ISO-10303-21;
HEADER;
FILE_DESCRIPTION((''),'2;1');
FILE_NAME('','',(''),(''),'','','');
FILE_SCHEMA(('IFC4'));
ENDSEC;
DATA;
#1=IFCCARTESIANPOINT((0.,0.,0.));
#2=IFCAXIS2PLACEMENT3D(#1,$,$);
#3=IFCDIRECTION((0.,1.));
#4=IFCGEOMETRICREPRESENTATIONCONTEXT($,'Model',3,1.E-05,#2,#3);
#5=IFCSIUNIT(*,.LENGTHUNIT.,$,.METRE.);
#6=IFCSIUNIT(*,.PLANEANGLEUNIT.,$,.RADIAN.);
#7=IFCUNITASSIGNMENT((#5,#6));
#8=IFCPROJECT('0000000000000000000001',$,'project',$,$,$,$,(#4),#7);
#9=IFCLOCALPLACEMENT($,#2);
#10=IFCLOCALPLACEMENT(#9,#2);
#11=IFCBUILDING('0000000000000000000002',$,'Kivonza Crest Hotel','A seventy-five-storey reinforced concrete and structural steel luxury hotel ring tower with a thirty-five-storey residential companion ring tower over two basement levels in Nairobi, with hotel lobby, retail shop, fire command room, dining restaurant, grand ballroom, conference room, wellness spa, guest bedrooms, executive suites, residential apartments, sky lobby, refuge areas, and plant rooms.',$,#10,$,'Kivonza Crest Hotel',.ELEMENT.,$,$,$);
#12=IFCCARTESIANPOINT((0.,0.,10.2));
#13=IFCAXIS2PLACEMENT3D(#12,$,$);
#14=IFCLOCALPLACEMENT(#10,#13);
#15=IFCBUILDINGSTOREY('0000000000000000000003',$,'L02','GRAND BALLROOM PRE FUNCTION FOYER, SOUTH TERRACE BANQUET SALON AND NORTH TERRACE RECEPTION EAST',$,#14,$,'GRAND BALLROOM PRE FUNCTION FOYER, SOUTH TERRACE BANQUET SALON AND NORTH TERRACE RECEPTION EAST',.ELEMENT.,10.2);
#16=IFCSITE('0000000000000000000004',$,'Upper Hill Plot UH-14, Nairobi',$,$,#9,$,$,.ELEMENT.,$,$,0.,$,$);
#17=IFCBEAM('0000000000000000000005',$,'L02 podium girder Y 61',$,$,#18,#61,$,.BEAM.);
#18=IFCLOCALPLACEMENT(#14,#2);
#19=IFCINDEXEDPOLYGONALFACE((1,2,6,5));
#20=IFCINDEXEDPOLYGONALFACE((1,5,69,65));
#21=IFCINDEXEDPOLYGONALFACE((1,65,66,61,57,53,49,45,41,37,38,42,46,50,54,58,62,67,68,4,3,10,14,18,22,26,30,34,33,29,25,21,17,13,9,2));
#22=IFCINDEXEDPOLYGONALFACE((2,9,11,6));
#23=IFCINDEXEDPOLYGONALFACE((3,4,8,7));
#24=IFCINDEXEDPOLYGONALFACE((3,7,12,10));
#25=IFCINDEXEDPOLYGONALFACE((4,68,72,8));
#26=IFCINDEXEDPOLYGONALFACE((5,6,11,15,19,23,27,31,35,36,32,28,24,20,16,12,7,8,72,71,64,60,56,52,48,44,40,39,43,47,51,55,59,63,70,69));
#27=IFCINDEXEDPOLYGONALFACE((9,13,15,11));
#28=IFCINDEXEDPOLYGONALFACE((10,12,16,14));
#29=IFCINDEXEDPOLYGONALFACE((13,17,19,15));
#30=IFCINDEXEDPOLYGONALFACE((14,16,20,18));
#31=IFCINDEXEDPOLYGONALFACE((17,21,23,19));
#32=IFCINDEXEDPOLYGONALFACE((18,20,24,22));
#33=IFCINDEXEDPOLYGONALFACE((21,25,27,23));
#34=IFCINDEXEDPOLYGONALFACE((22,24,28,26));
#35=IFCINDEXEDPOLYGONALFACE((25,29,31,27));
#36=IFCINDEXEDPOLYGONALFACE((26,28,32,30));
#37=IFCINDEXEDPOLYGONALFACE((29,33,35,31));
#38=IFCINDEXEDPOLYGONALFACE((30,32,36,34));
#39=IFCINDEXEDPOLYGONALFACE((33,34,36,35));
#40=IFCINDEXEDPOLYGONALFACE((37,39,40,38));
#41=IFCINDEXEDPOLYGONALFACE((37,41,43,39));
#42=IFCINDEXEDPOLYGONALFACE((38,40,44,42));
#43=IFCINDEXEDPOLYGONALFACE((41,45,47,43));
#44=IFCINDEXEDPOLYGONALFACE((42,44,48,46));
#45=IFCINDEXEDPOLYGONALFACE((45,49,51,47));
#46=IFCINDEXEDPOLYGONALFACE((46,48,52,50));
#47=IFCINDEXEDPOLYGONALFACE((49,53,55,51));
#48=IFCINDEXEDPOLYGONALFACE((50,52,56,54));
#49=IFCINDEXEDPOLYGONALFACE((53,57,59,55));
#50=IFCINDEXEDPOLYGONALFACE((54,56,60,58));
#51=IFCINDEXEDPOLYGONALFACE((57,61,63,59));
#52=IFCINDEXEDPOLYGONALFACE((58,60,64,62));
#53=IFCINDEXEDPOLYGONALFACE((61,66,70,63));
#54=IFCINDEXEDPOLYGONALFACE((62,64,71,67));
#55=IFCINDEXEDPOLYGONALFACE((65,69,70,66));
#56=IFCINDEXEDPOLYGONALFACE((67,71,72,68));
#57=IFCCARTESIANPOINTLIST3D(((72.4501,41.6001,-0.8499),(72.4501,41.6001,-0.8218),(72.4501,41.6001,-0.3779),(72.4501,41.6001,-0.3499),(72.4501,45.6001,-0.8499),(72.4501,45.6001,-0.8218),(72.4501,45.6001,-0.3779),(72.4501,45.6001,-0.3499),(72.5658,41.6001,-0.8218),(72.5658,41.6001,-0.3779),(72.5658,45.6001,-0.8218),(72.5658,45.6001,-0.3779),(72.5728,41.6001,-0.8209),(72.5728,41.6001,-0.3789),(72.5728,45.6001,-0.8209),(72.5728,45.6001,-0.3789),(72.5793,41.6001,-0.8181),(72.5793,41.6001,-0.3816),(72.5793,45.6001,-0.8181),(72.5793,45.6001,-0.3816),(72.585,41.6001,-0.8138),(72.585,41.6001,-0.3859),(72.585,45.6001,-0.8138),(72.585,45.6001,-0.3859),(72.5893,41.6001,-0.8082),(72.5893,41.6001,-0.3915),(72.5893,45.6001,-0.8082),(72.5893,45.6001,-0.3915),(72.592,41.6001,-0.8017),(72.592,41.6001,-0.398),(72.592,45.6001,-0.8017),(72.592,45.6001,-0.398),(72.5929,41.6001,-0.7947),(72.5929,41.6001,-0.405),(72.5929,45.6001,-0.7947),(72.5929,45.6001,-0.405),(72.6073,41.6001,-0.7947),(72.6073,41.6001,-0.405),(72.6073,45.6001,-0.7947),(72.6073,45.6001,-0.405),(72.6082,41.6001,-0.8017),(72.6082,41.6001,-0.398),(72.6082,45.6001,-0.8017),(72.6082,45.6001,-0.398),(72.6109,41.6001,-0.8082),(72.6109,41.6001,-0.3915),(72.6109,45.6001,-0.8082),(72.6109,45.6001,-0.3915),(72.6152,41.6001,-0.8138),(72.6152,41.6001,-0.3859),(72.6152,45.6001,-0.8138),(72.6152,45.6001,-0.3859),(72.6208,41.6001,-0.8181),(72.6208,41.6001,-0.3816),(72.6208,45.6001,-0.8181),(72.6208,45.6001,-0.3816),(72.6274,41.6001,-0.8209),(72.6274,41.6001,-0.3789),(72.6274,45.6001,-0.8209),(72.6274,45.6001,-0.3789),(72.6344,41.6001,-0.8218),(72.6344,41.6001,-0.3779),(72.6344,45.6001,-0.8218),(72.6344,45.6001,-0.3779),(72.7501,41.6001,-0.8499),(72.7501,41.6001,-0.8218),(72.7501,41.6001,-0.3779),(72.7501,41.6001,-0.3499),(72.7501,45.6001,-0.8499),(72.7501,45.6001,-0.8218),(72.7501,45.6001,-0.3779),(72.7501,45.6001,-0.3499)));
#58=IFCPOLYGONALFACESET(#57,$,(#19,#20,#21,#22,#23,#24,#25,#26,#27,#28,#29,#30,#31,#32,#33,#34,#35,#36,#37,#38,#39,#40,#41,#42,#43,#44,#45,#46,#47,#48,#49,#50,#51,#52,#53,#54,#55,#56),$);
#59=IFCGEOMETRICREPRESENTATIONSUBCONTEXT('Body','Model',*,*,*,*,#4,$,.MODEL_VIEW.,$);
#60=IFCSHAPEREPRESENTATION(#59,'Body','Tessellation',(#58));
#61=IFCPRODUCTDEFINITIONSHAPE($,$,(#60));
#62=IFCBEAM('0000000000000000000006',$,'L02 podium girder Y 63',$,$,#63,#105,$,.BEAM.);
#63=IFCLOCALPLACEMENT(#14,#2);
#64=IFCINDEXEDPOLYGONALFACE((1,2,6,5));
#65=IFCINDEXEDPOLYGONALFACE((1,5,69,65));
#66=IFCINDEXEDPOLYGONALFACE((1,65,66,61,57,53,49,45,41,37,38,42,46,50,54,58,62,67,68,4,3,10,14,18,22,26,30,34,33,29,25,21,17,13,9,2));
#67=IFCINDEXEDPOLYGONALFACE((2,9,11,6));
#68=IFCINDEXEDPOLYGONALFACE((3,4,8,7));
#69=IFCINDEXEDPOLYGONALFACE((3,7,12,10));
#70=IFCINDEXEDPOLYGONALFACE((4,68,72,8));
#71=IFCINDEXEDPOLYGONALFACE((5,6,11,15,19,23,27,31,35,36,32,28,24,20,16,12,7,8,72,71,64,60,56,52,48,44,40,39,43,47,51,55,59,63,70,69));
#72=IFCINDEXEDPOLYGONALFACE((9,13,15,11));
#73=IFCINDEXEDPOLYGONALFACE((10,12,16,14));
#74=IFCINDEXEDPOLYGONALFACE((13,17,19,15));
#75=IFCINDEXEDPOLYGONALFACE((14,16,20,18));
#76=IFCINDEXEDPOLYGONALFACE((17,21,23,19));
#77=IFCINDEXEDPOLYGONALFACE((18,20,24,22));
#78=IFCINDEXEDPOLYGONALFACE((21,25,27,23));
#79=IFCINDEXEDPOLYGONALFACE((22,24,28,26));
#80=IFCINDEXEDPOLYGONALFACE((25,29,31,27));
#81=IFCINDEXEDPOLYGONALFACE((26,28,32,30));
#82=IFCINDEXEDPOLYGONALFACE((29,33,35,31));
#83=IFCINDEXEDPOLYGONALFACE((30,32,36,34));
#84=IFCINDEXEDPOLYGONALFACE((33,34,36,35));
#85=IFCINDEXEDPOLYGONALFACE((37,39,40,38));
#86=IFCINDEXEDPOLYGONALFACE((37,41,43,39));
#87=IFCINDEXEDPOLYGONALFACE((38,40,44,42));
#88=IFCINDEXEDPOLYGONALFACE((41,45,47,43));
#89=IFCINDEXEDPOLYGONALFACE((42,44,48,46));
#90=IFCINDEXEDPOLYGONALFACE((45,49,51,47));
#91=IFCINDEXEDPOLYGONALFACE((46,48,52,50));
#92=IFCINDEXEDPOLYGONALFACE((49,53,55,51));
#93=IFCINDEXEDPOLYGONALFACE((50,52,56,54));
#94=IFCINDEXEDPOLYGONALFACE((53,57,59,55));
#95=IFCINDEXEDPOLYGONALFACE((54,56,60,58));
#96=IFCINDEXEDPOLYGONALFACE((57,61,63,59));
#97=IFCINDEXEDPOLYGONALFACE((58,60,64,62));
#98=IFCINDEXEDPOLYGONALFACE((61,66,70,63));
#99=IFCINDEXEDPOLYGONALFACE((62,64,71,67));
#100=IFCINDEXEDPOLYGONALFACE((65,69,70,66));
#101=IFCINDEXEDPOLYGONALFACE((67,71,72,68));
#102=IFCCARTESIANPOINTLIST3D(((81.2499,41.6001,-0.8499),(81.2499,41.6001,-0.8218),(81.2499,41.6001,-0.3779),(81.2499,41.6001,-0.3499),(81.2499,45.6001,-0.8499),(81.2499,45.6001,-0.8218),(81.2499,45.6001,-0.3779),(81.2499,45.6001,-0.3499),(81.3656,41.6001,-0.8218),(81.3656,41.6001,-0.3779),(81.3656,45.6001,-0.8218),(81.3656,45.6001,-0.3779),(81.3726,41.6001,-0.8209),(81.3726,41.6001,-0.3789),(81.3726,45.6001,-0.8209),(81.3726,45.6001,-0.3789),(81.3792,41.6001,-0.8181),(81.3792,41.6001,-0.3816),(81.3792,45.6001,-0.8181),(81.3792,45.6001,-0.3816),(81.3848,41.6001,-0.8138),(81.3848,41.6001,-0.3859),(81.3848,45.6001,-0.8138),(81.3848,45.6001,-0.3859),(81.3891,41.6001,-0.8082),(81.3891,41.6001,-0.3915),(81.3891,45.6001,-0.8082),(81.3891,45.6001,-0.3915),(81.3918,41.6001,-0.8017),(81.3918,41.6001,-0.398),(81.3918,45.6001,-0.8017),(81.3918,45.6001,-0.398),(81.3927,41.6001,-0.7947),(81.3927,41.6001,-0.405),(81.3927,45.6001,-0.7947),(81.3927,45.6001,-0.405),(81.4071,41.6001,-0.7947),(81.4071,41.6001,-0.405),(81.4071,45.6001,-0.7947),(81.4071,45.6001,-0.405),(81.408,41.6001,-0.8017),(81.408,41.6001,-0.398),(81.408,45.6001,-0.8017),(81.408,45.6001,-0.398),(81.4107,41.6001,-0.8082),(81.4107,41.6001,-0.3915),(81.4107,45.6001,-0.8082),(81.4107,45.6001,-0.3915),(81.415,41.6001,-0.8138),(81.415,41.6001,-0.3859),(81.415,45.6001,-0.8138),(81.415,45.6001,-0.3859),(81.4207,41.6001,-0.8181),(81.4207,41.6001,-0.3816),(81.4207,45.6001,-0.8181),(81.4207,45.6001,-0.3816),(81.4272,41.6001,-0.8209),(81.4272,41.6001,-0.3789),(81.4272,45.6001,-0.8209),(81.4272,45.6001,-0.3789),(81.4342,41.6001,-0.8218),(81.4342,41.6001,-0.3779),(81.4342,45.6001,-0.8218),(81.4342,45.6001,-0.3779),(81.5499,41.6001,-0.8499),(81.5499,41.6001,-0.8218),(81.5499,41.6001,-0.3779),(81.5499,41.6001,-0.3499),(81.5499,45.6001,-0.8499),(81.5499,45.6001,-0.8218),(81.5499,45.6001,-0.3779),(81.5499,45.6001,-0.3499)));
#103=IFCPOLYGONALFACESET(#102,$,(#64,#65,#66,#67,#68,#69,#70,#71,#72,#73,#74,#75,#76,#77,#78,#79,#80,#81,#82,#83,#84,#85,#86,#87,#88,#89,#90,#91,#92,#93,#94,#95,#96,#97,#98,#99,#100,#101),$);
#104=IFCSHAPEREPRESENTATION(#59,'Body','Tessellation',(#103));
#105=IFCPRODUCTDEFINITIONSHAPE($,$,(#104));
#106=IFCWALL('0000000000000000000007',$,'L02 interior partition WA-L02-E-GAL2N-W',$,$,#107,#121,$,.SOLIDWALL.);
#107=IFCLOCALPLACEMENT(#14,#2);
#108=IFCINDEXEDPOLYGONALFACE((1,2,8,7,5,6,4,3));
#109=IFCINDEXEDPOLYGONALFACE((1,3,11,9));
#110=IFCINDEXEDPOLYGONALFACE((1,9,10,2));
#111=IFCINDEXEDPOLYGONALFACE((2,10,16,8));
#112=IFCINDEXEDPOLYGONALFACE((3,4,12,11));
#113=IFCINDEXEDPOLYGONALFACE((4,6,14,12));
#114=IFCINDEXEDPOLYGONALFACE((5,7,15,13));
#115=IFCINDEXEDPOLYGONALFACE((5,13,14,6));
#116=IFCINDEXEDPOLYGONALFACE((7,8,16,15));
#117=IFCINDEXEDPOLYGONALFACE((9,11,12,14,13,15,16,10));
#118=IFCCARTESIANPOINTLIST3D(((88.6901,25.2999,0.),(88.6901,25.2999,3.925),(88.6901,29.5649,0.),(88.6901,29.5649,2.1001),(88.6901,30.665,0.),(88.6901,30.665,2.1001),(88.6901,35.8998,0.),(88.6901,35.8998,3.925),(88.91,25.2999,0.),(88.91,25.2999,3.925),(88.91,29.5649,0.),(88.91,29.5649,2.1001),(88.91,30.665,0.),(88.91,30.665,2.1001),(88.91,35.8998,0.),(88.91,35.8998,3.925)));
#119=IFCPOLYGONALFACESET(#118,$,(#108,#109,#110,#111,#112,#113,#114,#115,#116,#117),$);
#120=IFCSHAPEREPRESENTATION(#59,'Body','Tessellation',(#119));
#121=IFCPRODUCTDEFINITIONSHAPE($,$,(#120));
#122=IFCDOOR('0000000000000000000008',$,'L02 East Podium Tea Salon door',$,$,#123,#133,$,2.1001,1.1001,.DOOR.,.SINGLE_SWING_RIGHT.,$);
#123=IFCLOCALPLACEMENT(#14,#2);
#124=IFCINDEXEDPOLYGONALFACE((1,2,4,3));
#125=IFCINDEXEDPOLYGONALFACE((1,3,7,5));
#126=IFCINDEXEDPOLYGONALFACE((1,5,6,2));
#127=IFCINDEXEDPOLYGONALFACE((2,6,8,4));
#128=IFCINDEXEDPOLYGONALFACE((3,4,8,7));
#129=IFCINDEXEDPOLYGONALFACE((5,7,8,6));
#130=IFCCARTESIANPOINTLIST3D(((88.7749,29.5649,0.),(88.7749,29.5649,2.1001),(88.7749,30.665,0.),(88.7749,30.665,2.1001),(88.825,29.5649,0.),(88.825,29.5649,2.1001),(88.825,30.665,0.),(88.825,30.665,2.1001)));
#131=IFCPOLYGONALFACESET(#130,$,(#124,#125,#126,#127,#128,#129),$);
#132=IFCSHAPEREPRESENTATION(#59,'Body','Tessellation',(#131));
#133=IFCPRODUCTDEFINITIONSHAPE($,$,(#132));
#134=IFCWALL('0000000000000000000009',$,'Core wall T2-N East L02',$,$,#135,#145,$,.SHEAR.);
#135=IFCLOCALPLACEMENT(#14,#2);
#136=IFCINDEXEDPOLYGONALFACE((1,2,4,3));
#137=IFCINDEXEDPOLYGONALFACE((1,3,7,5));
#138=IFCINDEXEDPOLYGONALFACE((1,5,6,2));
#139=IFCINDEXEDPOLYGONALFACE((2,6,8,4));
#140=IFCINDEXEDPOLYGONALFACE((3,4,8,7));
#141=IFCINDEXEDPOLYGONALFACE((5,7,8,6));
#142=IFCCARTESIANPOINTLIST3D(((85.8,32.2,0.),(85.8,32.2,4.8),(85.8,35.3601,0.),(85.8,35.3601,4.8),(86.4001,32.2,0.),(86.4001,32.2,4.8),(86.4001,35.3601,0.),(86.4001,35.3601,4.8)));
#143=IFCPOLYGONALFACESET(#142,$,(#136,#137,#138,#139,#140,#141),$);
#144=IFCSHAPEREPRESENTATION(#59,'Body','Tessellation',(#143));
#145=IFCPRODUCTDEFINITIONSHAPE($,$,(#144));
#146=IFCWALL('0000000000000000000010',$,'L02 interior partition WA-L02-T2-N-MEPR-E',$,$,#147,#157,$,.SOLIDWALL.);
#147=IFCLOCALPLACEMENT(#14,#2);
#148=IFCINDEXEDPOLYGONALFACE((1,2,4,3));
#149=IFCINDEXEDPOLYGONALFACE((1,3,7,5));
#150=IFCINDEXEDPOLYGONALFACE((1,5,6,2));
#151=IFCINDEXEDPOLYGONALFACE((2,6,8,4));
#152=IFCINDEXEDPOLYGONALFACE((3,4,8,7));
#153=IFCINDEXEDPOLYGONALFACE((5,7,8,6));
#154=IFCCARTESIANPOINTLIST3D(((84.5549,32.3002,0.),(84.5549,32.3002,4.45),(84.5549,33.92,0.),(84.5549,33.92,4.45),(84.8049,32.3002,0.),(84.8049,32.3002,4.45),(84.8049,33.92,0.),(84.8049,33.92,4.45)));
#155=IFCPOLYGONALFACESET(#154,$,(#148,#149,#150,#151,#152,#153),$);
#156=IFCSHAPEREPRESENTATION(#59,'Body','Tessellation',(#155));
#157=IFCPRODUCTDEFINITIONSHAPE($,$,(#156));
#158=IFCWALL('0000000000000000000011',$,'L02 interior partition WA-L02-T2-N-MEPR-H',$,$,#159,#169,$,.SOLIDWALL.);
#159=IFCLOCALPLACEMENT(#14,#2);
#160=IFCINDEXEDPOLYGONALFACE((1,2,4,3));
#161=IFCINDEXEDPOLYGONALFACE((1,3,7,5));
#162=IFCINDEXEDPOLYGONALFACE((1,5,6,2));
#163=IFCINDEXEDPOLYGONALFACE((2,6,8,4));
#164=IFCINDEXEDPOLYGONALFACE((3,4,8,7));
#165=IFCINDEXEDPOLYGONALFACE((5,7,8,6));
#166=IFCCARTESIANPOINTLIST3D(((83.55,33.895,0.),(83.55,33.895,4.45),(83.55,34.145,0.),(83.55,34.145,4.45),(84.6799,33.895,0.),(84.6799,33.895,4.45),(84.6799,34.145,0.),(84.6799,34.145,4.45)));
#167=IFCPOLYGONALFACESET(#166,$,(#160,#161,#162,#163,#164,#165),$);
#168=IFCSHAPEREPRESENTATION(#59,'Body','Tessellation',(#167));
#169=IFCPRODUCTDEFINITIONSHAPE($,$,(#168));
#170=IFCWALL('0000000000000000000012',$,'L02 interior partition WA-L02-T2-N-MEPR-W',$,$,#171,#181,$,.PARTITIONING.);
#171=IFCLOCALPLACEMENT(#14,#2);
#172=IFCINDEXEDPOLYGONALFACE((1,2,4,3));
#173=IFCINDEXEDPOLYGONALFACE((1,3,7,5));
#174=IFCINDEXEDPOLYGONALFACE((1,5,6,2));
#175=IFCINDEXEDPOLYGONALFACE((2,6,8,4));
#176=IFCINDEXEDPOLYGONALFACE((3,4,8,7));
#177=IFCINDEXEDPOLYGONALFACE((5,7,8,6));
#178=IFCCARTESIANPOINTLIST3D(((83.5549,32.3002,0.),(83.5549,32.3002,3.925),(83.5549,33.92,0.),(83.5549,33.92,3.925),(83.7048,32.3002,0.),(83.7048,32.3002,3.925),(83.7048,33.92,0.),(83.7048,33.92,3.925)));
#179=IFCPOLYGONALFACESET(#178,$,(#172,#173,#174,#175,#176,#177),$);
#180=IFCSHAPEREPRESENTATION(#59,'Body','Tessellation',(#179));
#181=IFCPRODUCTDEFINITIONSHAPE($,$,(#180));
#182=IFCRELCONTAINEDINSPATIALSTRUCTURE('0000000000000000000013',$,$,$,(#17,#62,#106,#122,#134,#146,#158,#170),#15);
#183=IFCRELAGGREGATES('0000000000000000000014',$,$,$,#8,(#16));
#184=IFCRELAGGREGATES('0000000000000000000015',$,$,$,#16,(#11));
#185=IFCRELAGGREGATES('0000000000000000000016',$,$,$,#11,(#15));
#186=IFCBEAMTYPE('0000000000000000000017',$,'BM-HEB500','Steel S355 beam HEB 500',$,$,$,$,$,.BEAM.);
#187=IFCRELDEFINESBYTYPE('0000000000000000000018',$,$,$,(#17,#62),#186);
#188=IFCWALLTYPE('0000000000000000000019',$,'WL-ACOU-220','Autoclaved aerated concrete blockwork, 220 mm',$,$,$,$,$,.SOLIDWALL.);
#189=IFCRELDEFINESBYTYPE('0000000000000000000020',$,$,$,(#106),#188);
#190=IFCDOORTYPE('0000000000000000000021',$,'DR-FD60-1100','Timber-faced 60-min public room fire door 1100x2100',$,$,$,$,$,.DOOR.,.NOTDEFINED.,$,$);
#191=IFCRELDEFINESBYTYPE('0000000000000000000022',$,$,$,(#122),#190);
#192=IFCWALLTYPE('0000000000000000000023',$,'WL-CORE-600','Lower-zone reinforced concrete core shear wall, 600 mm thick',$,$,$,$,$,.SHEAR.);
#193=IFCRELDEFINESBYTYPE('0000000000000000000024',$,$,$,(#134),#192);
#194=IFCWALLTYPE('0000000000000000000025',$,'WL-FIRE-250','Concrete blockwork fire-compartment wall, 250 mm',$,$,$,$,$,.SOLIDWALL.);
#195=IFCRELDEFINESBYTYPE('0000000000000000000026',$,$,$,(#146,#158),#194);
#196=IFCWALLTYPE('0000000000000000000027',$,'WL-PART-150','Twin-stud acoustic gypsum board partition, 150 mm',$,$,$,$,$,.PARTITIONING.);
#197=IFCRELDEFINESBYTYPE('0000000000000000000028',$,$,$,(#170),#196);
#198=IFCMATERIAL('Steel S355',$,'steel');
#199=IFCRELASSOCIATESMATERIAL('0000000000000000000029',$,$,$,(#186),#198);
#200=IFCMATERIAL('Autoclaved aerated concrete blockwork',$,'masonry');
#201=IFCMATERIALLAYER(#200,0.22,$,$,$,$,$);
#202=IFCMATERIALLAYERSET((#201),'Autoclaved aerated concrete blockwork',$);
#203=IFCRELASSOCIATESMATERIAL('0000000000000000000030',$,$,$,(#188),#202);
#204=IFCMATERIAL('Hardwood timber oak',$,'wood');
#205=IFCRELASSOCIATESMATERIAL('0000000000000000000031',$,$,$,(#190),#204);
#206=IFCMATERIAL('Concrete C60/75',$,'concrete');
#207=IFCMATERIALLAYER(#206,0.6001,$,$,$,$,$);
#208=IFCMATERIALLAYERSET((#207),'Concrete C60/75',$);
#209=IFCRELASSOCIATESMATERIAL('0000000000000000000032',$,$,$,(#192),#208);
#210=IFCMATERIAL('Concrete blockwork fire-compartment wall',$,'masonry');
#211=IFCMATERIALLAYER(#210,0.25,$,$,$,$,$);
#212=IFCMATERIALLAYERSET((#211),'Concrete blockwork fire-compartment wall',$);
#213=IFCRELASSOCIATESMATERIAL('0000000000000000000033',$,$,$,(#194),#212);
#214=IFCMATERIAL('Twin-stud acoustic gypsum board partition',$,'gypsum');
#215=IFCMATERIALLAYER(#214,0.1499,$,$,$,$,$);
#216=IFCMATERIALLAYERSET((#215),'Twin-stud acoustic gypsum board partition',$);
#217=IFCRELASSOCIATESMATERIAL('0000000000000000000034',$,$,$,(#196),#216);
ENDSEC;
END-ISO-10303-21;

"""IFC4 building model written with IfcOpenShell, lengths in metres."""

from ifc_helpers import new_model, si_unit, direction, frame, frame_2d, origin, origin_2d, place, context, subcontext, project, spatial, rectangle, i_section, extrude, material, layer, layer_set, material_profile, profile_set, type_object, element, fill, save


model = new_model("IFC4")

# Units and contexts
model_context = context("Model", 3, precision=1e-05, world=origin(), true_north=direction((0.0, 1.0)))
body_context = subcontext(model_context, "Body", "Model", "MODEL_VIEW")
ifc_project = project(units=[si_unit("LENGTHUNIT", "METRE"), si_unit("PLANEANGLEUNIT", "RADIAN")], contexts=[model_context])

# Site, building, storey
site_placement = place(None, origin())
site = spatial("IfcSite", under=ifc_project, at=site_placement, Name="Upper Hill Plot UH-14, Nairobi", CompositionType="ELEMENT", RefElevation=0.0)
building_placement = place(site_placement, origin())
building = spatial("IfcBuilding", under=site, at=building_placement, Name="Kivonza Crest Hotel", Description="A seventy-five-storey reinforced concrete and structural steel luxury hotel ring tower with a thirty-five-storey residential companion ring tower over two basement levels in Nairobi, with hotel lobby, retail shop, fire command room, dining restaurant, grand ballroom, conference room, wellness spa, guest bedrooms, executive suites, residential apartments, sky lobby, refuge areas, and plant rooms.", LongName="Kivonza Crest Hotel", CompositionType="ELEMENT")
storey_placement = place(building_placement, frame((0.0, 0.0, 10.2)))
storey = spatial("IfcBuildingStorey", under=building, at=storey_placement, Name="L02", Description="GRAND BALLROOM PRE FUNCTION FOYER, SOUTH TERRACE BANQUET SALON AND NORTH TERRACE RECEPTION EAST", LongName="GRAND BALLROOM PRE FUNCTION FOYER, SOUTH TERRACE BANQUET SALON AND NORTH TERRACE RECEPTION EAST", CompositionType="ELEMENT", Elevation=10.2)

# Shared definitions
ifc_material_1 = material(Name="Concrete C60/75", Category="concrete")

# Beams
ifc_material_2 = material(Name="Steel S355", Category="steel")
ifc_material_profile_1 = material_profile(ifc_material_2, i_section(OverallWidth=0.3, OverallDepth=0.5, WebThickness=0.0144, FlangeThickness=0.0281, FilletRadius=0.0271, at=origin_2d()), Name="HEB 500")
ifc_profile_set_1 = profile_set([ifc_material_profile_1], Name="Steel S355")
beam_type_1 = type_object("IfcBeamType", Name="BM-HEB500", Description="Steel S355 beam HEB 500", PredefinedType="BEAM", material=ifc_profile_set_1)
for number, where, z_axis, x_axis, name in (
    (1, (72.6001, 41.6001, -0.5999), (0.0, 1.0, 0.0), (-1.0, 0.0, 0.0), "L02 podium girder Y 61"),
    (2, (81.3999, 41.6001, -0.5999), (0.0, 1.0, 0.0), (-1.0, 0.0, 0.0), "L02 podium girder Y 63"),
):
    element("IfcBeam", number, at=place(storey_placement, frame(where, z_axis=z_axis, x_axis=x_axis)), inside=storey, type_object=beam_type_1, Name=name, PredefinedType="BEAM", context=body_context, shape_type="SweptSolid", body=[
        extrude(i_section(OverallWidth=0.3, OverallDepth=0.5, WebThickness=0.0144, FlangeThickness=0.0281, FilletRadius=0.0271, at=origin_2d()), origin(), (0.0, 0.0, 1.0), 4.0),
    ])

# Wall, opening, door
ifc_material_3 = material(Name="Autoclaved aerated concrete blockwork", Category="masonry")
ifc_layer_1 = layer(ifc_material_3, 0.22)
ifc_layer_set_1 = layer_set([ifc_layer_1], Name="Autoclaved aerated concrete blockwork")
wall_type_1 = type_object("IfcWallType", Name="WL-ACOU-220", Description="Autoclaved aerated concrete blockwork, 220 mm", PredefinedType="SOLIDWALL", material=ifc_layer_set_1)
wall_1_placement = place(storey_placement, frame((88.8, 25.3, 0.0), z_axis=(0.0, 0.0, 1.0), x_axis=(0.0, 1.0, 0.0)))
wall_1 = element("IfcWall", 3, at=wall_1_placement, inside=storey, type_object=wall_type_1, Name="L02 interior partition WA-L02-E-GAL2N-W", PredefinedType="SOLIDWALL", context=body_context, shape_type="SweptSolid", body=[
    extrude(rectangle(XDim=10.5999, YDim=0.22, at=frame_2d((5.2998, 0.0))), origin(), (0.0, 0.0, 1.0), 3.925),
])
opening_1_placement = place(wall_1_placement, frame((4.2649, 0.0, 0.0)))
opening_1 = element("IfcOpeningElement", 4, at=opening_1_placement, cuts=wall_1, PredefinedType="OPENING", context=body_context, shape_type="SweptSolid", body=[
    extrude(rectangle(XDim=1.1001, YDim=2.1001, at=frame_2d((0.55, 1.05))), frame((0.0, 0.1201, 0.0), z_axis=(0.0, -1.0, 0.0), x_axis=(1.0, 0.0, 0.0)), (0.0, 0.0, 1.0), 0.24),
])
ifc_material_4 = material(Name="Hardwood timber oak", Category="wood")
door_type_1 = type_object("IfcDoorType", Name="DR-FD60-1100", Description="Timber-faced 60-min public room fire door 1100x2100", OperationType="NOTDEFINED", PredefinedType="DOOR", material=ifc_material_4)
door_1_placement = place(opening_1_placement, frame((1.1001, 0.0, 0.0), z_axis=(0.0, 0.0, 1.0), x_axis=(-1.0, 0.0, 0.0)))
door_1 = element("IfcDoor", 5, at=door_1_placement, inside=storey, type_object=door_type_1, Name="L02 East Podium Tea Salon door", OperationType="SINGLE_SWING_RIGHT", OverallHeight=2.1001, OverallWidth=1.1001, PredefinedType="DOOR", context=body_context, shape_type="SweptSolid", body=[
    extrude(rectangle(XDim=1.1001, YDim=2.1001, at=frame_2d((0.55, 1.05))), frame((0.0, 0.0249, 0.0), z_axis=(0.0, -1.0, 0.0), x_axis=(1.0, 0.0, 0.0)), (0.0, 0.0, 1.0), 0.05),
])
fill(opening_1, door_1)

# Walls
ifc_layer_2 = layer(ifc_material_1, 0.6001)
ifc_layer_set_2 = layer_set([ifc_layer_2], Name="Concrete C60/75")
wall_type_2 = type_object("IfcWallType", Name="WL-CORE-600", Description="Lower-zone reinforced concrete core shear wall, 600 mm thick", PredefinedType="SHEAR", material=ifc_layer_set_2)
wall_2_placement = place(storey_placement, frame((86.1001, 32.2, 0.0), z_axis=(0.0, 0.0, 1.0), x_axis=(0.0, 1.0, 0.0)))
element("IfcWall", 6, at=wall_2_placement, inside=storey, type_object=wall_type_2, Name="Core wall T2-N East L02", PredefinedType="SHEAR", context=body_context, shape_type="SweptSolid", body=[
    extrude(rectangle(XDim=3.1602, YDim=0.6001, at=frame_2d((1.5801, 0.0))), origin(), (0.0, 0.0, 1.0), 4.8),
])
ifc_material_5 = material(Name="Concrete blockwork fire-compartment wall", Category="masonry")
ifc_layer_3 = layer(ifc_material_5, 0.25)
ifc_layer_set_3 = layer_set([ifc_layer_3], Name="Concrete blockwork fire-compartment wall")
wall_type_3 = type_object("IfcWallType", Name="WL-FIRE-250", Description="Concrete blockwork fire-compartment wall, 250 mm", PredefinedType="SOLIDWALL", material=ifc_layer_set_3)
wall_3_placement = place(storey_placement, frame((84.6799, 32.3, 0.0), z_axis=(0.0, 0.0, 1.0), x_axis=(0.0, 1.0, 0.0)))
element("IfcWall", 7, at=wall_3_placement, inside=storey, type_object=wall_type_3, Name="L02 interior partition WA-L02-T2-N-MEPR-E", PredefinedType="SOLIDWALL", context=body_context, shape_type="SweptSolid", body=[
    extrude(rectangle(XDim=1.6199, YDim=0.25, at=frame_2d((0.8101, 0.0))), origin(), (0.0, 0.0, 1.0), 4.45),
])
wall_4_placement = place(storey_placement, frame((83.55, 34.02, 0.0), z_axis=(0.0, 0.0, 1.0), x_axis=(1.0, 0.0, 0.0)))
element("IfcWall", 8, at=wall_4_placement, inside=storey, type_object=wall_type_3, Name="L02 interior partition WA-L02-T2-N-MEPR-H", PredefinedType="SOLIDWALL", context=body_context, shape_type="SweptSolid", body=[
    extrude(rectangle(XDim=1.1299, YDim=0.25, at=frame_2d((0.5649, 0.0))), origin(), (0.0, 0.0, 1.0), 4.45),
])
ifc_material_6 = material(Name="Twin-stud acoustic gypsum board partition", Category="gypsum")
ifc_layer_4 = layer(ifc_material_6, 0.1499)
ifc_layer_set_4 = layer_set([ifc_layer_4], Name="Twin-stud acoustic gypsum board partition")
wall_type_4 = type_object("IfcWallType", Name="WL-PART-150", Description="Twin-stud acoustic gypsum board partition, 150 mm", PredefinedType="PARTITIONING", material=ifc_layer_set_4)
wall_5_placement = place(storey_placement, frame((83.6299, 32.3, 0.0), z_axis=(0.0, 0.0, 1.0), x_axis=(0.0, 1.0, 0.0)))
element("IfcWall", 9, at=wall_5_placement, inside=storey, type_object=wall_type_4, Name="L02 interior partition WA-L02-T2-N-MEPR-W", PredefinedType="PARTITIONING", context=body_context, shape_type="SweptSolid", body=[
    extrude(rectangle(XDim=1.6199, YDim=0.1499, at=frame_2d((0.8101, 0.0))), origin(), (0.0, 0.0, 1.0), 3.925),
])

save(model, "model.ifc")
